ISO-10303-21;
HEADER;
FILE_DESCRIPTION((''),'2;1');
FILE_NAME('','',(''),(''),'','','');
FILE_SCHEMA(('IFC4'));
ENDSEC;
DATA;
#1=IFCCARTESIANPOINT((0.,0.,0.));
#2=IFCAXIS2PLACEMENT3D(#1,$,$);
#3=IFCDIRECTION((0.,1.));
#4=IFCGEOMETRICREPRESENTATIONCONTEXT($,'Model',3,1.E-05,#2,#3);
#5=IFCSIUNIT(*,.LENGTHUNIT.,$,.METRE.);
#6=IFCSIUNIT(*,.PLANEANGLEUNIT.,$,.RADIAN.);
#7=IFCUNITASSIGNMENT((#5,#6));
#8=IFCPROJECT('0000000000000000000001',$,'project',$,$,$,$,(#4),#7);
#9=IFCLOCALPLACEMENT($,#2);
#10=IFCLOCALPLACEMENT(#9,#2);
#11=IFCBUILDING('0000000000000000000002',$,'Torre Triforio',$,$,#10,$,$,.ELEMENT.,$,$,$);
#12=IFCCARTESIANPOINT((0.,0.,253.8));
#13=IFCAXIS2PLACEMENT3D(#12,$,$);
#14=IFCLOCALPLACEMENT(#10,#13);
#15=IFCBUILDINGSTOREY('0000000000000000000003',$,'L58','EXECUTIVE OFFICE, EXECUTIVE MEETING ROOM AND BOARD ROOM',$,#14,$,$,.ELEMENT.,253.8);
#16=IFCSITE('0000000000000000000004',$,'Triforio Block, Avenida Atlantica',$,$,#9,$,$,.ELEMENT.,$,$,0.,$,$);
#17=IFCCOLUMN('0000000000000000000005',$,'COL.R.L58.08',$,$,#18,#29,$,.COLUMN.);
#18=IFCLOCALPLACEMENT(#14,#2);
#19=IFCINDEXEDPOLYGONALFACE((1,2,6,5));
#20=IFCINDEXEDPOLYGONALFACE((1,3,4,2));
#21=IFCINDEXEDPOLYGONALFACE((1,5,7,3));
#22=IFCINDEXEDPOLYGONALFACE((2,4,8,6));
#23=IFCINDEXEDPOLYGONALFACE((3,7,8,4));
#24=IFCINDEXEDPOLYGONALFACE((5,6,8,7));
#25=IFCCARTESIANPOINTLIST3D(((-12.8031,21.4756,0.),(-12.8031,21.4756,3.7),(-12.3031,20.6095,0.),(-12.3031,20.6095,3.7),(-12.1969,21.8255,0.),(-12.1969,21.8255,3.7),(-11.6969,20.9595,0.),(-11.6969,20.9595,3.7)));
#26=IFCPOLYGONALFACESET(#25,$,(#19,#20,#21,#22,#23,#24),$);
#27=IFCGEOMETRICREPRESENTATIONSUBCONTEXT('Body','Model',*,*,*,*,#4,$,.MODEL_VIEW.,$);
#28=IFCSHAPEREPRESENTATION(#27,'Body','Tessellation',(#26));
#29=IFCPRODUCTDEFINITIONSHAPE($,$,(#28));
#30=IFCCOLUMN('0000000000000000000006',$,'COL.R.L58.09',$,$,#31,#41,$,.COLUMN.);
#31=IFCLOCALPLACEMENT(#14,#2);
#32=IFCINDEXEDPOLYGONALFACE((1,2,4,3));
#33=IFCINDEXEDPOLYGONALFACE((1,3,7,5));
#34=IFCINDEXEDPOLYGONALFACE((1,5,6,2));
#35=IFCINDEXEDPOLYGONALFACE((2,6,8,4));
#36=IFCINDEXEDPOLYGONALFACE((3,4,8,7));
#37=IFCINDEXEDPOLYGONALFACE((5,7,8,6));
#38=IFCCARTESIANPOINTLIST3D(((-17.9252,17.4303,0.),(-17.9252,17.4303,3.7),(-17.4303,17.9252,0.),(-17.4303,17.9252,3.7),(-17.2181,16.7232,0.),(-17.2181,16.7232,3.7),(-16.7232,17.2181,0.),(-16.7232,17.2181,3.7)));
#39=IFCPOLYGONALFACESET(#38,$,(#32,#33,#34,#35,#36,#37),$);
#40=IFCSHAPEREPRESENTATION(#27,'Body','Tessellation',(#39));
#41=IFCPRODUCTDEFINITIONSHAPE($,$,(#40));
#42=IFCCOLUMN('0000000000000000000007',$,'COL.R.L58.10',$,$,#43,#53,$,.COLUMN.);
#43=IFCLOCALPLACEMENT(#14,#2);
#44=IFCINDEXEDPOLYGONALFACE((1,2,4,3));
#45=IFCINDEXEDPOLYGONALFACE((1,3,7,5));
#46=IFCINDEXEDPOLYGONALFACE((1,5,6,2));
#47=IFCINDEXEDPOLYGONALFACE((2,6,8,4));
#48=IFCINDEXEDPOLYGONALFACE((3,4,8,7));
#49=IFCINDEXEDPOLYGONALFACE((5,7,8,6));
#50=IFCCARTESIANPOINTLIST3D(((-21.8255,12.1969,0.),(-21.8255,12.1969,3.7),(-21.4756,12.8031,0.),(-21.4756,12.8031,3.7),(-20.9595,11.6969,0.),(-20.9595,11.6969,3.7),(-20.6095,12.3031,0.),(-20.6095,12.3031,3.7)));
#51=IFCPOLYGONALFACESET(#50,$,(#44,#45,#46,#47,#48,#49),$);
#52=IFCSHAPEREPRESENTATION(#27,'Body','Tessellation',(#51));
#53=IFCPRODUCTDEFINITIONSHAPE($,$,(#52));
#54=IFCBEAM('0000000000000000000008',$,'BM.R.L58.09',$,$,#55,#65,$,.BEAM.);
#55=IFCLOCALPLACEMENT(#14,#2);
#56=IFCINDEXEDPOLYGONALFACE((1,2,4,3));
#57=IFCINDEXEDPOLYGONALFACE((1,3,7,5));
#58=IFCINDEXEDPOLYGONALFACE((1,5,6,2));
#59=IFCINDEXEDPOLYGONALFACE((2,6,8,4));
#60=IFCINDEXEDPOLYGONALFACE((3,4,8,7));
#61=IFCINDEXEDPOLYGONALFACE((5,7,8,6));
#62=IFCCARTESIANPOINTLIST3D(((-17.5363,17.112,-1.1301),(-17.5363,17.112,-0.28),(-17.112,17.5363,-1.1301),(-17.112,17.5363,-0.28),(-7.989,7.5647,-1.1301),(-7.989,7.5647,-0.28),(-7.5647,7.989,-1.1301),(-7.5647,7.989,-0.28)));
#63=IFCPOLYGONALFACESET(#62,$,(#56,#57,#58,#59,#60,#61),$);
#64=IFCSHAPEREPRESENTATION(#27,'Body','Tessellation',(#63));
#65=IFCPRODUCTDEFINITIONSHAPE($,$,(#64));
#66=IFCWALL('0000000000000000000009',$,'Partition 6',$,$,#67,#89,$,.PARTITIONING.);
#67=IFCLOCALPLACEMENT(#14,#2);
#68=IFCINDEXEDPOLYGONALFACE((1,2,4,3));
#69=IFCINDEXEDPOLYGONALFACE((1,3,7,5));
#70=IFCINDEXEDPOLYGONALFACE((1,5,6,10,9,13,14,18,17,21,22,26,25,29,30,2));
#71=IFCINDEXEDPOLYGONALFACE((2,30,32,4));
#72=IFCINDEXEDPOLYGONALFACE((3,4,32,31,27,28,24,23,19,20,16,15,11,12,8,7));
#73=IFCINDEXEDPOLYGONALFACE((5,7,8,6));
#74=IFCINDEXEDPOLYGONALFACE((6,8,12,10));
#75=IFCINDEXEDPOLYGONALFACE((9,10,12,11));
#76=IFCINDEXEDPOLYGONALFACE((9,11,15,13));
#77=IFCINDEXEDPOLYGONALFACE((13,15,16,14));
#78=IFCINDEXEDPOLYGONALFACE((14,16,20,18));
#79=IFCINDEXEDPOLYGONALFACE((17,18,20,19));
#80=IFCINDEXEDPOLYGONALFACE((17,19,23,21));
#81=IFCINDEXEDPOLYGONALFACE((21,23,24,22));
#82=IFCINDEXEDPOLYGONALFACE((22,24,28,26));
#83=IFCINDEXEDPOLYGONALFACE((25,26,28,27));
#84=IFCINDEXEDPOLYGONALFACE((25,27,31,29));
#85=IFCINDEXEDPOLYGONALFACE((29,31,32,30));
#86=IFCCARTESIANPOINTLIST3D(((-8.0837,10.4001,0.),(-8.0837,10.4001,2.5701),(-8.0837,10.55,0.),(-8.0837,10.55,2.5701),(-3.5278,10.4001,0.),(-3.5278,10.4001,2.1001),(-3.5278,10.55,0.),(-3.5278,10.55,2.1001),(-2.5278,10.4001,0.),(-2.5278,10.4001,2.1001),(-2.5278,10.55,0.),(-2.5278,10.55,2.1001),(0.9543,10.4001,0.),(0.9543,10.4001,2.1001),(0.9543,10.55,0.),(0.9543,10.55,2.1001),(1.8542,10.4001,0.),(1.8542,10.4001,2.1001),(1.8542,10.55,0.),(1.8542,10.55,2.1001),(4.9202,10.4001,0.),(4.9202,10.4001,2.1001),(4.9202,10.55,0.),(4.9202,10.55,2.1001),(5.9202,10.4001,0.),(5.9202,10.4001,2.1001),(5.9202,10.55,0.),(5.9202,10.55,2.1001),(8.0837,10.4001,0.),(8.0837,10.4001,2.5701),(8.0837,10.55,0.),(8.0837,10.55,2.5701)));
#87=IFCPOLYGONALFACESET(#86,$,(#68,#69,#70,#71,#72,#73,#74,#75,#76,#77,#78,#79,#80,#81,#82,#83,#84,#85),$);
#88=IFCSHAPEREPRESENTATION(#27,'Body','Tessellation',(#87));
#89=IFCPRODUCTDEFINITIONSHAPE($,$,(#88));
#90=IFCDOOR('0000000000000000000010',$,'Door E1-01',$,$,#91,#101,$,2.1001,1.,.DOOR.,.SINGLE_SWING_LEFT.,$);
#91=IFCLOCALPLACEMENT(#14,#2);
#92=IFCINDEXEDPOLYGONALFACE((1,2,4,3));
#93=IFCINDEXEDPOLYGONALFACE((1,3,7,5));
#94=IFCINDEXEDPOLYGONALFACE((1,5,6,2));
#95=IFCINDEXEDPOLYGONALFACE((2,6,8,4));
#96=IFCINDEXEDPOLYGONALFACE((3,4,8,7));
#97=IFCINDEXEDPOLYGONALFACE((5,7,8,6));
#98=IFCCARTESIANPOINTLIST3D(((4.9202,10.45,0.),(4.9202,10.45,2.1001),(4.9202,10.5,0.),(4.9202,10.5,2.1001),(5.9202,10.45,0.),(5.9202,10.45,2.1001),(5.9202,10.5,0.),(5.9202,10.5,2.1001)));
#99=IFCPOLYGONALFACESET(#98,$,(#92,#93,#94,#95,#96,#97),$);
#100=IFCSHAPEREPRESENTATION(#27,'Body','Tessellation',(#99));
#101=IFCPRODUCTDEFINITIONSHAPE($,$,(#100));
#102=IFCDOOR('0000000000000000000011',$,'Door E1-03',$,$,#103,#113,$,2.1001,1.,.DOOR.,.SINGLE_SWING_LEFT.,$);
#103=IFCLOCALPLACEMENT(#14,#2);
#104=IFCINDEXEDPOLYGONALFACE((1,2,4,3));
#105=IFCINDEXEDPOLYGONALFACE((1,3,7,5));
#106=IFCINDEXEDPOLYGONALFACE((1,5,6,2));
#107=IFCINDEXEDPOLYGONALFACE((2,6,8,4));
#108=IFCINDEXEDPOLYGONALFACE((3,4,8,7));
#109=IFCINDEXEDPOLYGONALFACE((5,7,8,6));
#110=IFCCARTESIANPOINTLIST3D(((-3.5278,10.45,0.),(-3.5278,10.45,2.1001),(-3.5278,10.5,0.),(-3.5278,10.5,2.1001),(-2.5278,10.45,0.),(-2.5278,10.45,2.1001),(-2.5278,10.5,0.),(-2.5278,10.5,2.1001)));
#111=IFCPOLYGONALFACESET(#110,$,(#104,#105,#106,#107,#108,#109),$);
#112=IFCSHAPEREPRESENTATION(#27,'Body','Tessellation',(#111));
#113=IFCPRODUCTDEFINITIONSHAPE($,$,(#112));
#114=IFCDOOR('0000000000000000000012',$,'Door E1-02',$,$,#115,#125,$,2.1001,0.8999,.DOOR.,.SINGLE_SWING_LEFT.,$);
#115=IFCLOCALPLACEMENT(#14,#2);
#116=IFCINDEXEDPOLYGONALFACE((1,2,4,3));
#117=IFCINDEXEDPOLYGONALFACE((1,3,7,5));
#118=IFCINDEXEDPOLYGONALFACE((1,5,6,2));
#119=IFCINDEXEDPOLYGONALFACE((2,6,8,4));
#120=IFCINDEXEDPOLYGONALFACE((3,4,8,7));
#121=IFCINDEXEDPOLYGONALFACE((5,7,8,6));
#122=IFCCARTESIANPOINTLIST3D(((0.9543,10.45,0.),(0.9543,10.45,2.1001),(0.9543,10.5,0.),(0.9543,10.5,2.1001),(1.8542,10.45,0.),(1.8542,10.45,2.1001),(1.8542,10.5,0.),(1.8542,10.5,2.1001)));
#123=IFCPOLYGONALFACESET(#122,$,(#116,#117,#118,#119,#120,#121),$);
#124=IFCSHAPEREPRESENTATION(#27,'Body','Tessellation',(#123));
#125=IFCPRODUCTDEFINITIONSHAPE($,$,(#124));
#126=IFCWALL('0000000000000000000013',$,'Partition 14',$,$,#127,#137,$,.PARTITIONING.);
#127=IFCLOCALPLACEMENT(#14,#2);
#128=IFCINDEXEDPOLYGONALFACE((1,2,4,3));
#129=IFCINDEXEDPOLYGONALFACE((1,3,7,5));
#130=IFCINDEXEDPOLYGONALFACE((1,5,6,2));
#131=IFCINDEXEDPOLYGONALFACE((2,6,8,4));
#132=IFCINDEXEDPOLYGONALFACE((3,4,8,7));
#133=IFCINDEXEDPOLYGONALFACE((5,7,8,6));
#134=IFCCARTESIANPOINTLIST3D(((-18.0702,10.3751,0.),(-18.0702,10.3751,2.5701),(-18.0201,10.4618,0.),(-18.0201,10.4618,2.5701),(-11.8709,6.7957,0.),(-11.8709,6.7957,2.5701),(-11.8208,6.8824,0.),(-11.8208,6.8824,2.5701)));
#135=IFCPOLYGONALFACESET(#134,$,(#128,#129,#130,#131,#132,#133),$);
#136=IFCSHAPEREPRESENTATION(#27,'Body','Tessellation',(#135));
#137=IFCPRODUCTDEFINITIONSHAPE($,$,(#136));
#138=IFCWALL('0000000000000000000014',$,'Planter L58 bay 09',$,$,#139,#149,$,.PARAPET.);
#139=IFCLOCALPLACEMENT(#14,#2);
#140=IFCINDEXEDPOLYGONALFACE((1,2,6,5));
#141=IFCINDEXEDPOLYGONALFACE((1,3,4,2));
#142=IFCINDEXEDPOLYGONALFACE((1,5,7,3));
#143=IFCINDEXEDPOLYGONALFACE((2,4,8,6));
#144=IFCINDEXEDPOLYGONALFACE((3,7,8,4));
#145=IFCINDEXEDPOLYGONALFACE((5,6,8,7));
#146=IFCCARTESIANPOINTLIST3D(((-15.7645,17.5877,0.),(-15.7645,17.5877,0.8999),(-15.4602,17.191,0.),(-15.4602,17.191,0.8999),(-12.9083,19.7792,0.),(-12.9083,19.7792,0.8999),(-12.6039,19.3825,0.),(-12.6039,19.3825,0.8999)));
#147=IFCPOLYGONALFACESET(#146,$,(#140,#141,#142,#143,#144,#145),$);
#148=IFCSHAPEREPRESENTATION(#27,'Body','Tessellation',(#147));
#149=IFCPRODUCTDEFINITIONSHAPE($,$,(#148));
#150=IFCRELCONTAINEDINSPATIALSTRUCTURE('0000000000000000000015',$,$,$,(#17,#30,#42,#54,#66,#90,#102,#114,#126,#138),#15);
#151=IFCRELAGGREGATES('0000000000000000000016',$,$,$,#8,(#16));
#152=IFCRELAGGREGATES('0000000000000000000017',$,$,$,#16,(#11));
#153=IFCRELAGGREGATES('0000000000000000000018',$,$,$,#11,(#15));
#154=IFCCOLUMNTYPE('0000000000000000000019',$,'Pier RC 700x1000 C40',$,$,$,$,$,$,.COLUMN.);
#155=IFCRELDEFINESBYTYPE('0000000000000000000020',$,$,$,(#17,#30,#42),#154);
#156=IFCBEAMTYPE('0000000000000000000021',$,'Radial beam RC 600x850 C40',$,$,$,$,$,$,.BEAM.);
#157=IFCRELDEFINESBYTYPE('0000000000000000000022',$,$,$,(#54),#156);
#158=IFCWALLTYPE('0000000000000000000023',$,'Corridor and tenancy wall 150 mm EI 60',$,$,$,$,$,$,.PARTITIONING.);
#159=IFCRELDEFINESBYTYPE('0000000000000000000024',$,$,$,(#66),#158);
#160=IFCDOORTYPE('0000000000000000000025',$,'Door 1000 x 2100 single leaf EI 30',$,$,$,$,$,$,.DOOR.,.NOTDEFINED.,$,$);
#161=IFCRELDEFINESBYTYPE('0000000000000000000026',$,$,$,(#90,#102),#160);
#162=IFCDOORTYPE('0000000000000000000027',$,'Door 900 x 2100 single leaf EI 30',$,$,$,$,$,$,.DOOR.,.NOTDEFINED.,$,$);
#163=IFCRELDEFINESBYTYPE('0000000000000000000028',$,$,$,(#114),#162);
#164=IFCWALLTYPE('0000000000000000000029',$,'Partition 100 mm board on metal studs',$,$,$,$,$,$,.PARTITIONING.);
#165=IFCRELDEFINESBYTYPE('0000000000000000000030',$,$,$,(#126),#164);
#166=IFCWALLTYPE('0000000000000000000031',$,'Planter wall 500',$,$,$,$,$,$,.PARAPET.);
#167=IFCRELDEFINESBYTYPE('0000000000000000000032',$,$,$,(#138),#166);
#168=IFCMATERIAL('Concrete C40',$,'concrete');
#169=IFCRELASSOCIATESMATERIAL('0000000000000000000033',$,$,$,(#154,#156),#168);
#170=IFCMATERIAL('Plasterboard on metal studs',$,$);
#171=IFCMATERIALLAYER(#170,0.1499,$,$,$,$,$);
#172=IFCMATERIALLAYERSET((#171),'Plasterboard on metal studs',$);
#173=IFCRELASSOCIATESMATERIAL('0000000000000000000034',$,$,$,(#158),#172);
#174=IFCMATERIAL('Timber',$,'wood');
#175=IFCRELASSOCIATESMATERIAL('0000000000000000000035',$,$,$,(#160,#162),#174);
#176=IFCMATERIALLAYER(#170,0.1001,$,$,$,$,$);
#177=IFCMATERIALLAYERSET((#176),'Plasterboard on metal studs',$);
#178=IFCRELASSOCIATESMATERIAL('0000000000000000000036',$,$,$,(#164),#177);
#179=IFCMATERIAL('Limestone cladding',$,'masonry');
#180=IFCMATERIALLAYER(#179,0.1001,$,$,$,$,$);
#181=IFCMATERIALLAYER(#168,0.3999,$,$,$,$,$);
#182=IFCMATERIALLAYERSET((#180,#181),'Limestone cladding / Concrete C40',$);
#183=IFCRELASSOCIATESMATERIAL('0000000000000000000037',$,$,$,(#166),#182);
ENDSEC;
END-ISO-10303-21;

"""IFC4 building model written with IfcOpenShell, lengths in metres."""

from ifc_helpers import new_model, si_unit, direction, frame, frame_2d, origin, origin_2d, place, context, subcontext, project, spatial, rectangle, extrude, material, layer, layer_set, material_profile, profile_set, type_object, element, fill, save


model = new_model("IFC4")

# Units and contexts
model_context = context("Model", 3, precision=1e-05, world=origin(), true_north=direction((0.0, 1.0)))
body_context = subcontext(model_context, "Body", "Model", "MODEL_VIEW")
ifc_project = project(units=[si_unit("LENGTHUNIT", "METRE"), si_unit("PLANEANGLEUNIT", "RADIAN")], contexts=[model_context])

# Site, building, storey
site_placement = place(None, origin())
site = spatial("IfcSite", under=ifc_project, at=site_placement, Name="Triforio Block, Avenida Atlantica", CompositionType="ELEMENT", RefElevation=0.0)
building_placement = place(site_placement, origin())
building = spatial("IfcBuilding", under=site, at=building_placement, Name="Torre Triforio", CompositionType="ELEMENT")
storey_placement = place(building_placement, frame((0.0, 0.0, 253.8)))
storey = spatial("IfcBuildingStorey", under=building, at=storey_placement, Name="L58", Description="EXECUTIVE OFFICE, EXECUTIVE MEETING ROOM AND BOARD ROOM", CompositionType="ELEMENT", Elevation=253.8)

# Columns
ifc_material_1 = material(Name="Concrete C40", Category="concrete")
ifc_material_profile_1 = material_profile(ifc_material_1, rectangle(XDim=0.7, YDim=1.0, at=origin_2d()), Name="RC 700x1000")
ifc_profile_set_1 = profile_set([ifc_material_profile_1], Name="Concrete C40")
column_type = type_object("IfcColumnType", Name="Pier RC 700x1000 C40", PredefinedType="COLUMN", material=ifc_profile_set_1)
for number, where, z_axis, x_axis, name in (
    (1, (-12.25, 21.2175, 0.0), (0.0, 0.0, 1.0), (-0.866025, -0.5, 0.0), "COL.R.L58.08"),
    (2, (-17.3242, 17.3242, 0.0), (0.0, 0.0, 1.0), (-0.707107, -0.707107, 0.0), "COL.R.L58.09"),
    (3, (-21.2175, 12.25, 0.0), (0.0, 0.0, 1.0), (-0.5, -0.866025, 0.0), "COL.R.L58.10"),
):
    element("IfcColumn", number, at=place(storey_placement, frame(where, z_axis=z_axis, x_axis=x_axis)), inside=storey, type_object=column_type, Name=name, PredefinedType="COLUMN", context=body_context, shape_type="SweptSolid", body=[
        extrude(rectangle(XDim=0.7, YDim=1.0, at=origin_2d()), origin(), (0.0, 0.0, 1.0), 3.7),
    ])

# Beam
ifc_material_profile_2 = material_profile(ifc_material_1, rectangle(XDim=0.6001, YDim=0.8501, at=origin_2d()), Name="RC 600x850")
ifc_profile_set_2 = profile_set([ifc_material_profile_2], Name="Concrete C40")
beam_type = type_object("IfcBeamType", Name="Radial beam RC 600x850 C40", PredefinedType="BEAM", material=ifc_profile_set_2)
beam_placement = place(storey_placement, frame((-7.7769, 7.7769, -0.7051), z_axis=(-0.707107, 0.707107, 0.0), x_axis=(-0.707107, -0.707107, 0.0)))
element("IfcBeam", 4, at=beam_placement, inside=storey, type_object=beam_type, Name="BM.R.L58.09", PredefinedType="BEAM", context=body_context, shape_type="SweptSolid", body=[
    extrude(rectangle(XDim=0.6001, YDim=0.8501, at=origin_2d()), origin(), (0.0, 0.0, 1.0), 13.502),
])

# Wall, openings, doors
ifc_material_2 = material(Name="Plasterboard on metal studs")
ifc_layer_1 = layer(ifc_material_2, 0.1499)
ifc_layer_set_1 = layer_set([ifc_layer_1], Name="Plasterboard on metal studs")
wall_type_1 = type_object("IfcWallType", Name="Corridor and tenancy wall 150 mm EI 60", PredefinedType="PARTITIONING", material=ifc_layer_set_1)
wall_1_placement = place(storey_placement, frame((-8.0837, 10.4751, 0.0), z_axis=(0.0, 0.0, 1.0), x_axis=(1.0, 0.0, 0.0)))
wall_1 = element("IfcWall", 5, at=wall_1_placement, inside=storey, type_object=wall_type_1, Name="Partition 6", PredefinedType="PARTITIONING", context=body_context, shape_type="SweptSolid", body=[
    extrude(rectangle(XDim=16.1675, YDim=0.1499, at=frame_2d((8.0837, 0.0))), origin(), (0.0, 0.0, 1.0), 2.5701),
])
opening_1_placement = place(wall_1_placement, frame((13.0039, 0.0, 0.0)))
opening_1 = element("IfcOpeningElement", 6, at=opening_1_placement, cuts=wall_1, PredefinedType="OPENING", context=body_context, shape_type="SweptSolid", body=[
    extrude(rectangle(XDim=1.0, YDim=2.1001, at=frame_2d((0.5, 1.05))), frame((0.0, 0.085, 0.0), z_axis=(0.0, -1.0, 0.0), x_axis=(1.0, 0.0, 0.0)), (0.0, 0.0, 1.0), 0.1699),
])
opening_2_placement = place(wall_1_placement, frame((9.0381, 0.0, 0.0)))
opening_2 = element("IfcOpeningElement", 7, at=opening_2_placement, cuts=wall_1, PredefinedType="OPENING", context=body_context, shape_type="SweptSolid", body=[
    extrude(rectangle(XDim=0.8999, YDim=2.1001, at=frame_2d((0.45, 1.05))), frame((0.0, 0.085, 0.0), z_axis=(0.0, -1.0, 0.0), x_axis=(1.0, 0.0, 0.0)), (0.0, 0.0, 1.0), 0.1699),
])
opening_3_placement = place(wall_1_placement, frame((4.5559, 0.0, 0.0)))
opening_3 = element("IfcOpeningElement", 8, at=opening_3_placement, cuts=wall_1, PredefinedType="OPENING", context=body_context, shape_type="SweptSolid", body=[
    extrude(rectangle(XDim=1.0, YDim=2.1001, at=frame_2d((0.5, 1.05))), frame((0.0, 0.085, 0.0), z_axis=(0.0, -1.0, 0.0), x_axis=(1.0, 0.0, 0.0)), (0.0, 0.0, 1.0), 0.1699),
])
ifc_material_3 = material(Name="Timber", Category="wood")
door_type_1 = type_object("IfcDoorType", Name="Door 1000 x 2100 single leaf EI 30", OperationType="NOTDEFINED", PredefinedType="DOOR", material=ifc_material_3)
door_1_placement = place(opening_1_placement, origin())
door_1 = element("IfcDoor", 9, at=door_1_placement, inside=storey, type_object=door_type_1, Name="Door E1-01", OperationType="SINGLE_SWING_LEFT", OverallHeight=2.1001, OverallWidth=1.0, PredefinedType="DOOR", context=body_context, shape_type="SweptSolid", body=[
    extrude(rectangle(XDim=1.0, YDim=2.1001, at=frame_2d((0.5, 1.05))), frame((0.0, 0.0249, 0.0), z_axis=(0.0, -1.0, 0.0), x_axis=(1.0, 0.0, 0.0)), (0.0, 0.0, 1.0), 0.05),
])
fill(opening_1, door_1)
door_2_placement = place(opening_3_placement, origin())
door_2 = element("IfcDoor", 10, at=door_2_placement, inside=storey, type_object=door_type_1, Name="Door E1-03", OperationType="SINGLE_SWING_LEFT", OverallHeight=2.1001, OverallWidth=1.0, PredefinedType="DOOR", context=body_context, shape_type="SweptSolid", body=[
    extrude(rectangle(XDim=1.0, YDim=2.1001, at=frame_2d((0.5, 1.05))), frame((0.0, 0.0249, 0.0), z_axis=(0.0, -1.0, 0.0), x_axis=(1.0, 0.0, 0.0)), (0.0, 0.0, 1.0), 0.05),
])
fill(opening_3, door_2)
door_type_2 = type_object("IfcDoorType", Name="Door 900 x 2100 single leaf EI 30", OperationType="NOTDEFINED", PredefinedType="DOOR", material=ifc_material_3)
door_3_placement = place(opening_2_placement, origin())
door_3 = element("IfcDoor", 11, at=door_3_placement, inside=storey, type_object=door_type_2, Name="Door E1-02", OperationType="SINGLE_SWING_LEFT", OverallHeight=2.1001, OverallWidth=0.8999, PredefinedType="DOOR", context=body_context, shape_type="SweptSolid", body=[
    extrude(rectangle(XDim=0.8999, YDim=2.1001, at=frame_2d((0.45, 1.05))), frame((0.0, 0.0249, 0.0), z_axis=(0.0, -1.0, 0.0), x_axis=(1.0, 0.0, 0.0)), (0.0, 0.0, 1.0), 0.05),
])
fill(opening_2, door_3)

# Walls
ifc_layer_2 = layer(ifc_material_2, 0.1001)
ifc_layer_set_2 = layer_set([ifc_layer_2], Name="Plasterboard on metal studs")
wall_type_2 = type_object("IfcWallType", Name="Partition 100 mm board on metal studs", PredefinedType="PARTITIONING", material=ifc_layer_set_2)
wall_2_placement = place(storey_placement, frame((-11.8459, 6.8391, 0.0), z_axis=(0.0, 0.0, 1.0), x_axis=(-0.866012, 0.500024, 0.0)))
element("IfcWall", 12, at=wall_2_placement, inside=storey, type_object=wall_type_2, Name="Partition 14", PredefinedType="PARTITIONING", context=body_context, shape_type="SweptSolid", body=[
    extrude(rectangle(XDim=7.1584, YDim=0.1001, at=frame_2d((3.5791, 0.0))), origin(), (0.0, 0.0, 1.0), 2.5701),
])
ifc_material_4 = material(Name="Limestone cladding", Category="masonry")
ifc_layer_3 = layer(ifc_material_4, 0.1001)
ifc_layer_4 = layer(ifc_material_1, 0.3999)
ifc_layer_set_3 = layer_set([ifc_layer_3, ifc_layer_4], Name="Limestone cladding / Concrete C40")
wall_type_3 = type_object("IfcWallType", Name="Planter wall 500", PredefinedType="PARAPET", material=ifc_layer_set_3)
wall_3_placement = place(storey_placement, frame((-12.7561, 19.5808, 0.0), z_axis=(0.0, 0.0, 1.0), x_axis=(-0.793385, -0.608721, 0.0)))
element("IfcWall", 13, at=wall_3_placement, inside=storey, type_object=wall_type_3, Name="Planter L58 bay 09", PredefinedType="PARAPET", context=body_context, shape_type="SweptSolid", body=[
    extrude(rectangle(XDim=3.6001, YDim=0.5, at=frame_2d((1.8, 0.0))), origin(), (0.0, 0.0, 1.0), 0.8999),
])

save(model, "model.ifc")
